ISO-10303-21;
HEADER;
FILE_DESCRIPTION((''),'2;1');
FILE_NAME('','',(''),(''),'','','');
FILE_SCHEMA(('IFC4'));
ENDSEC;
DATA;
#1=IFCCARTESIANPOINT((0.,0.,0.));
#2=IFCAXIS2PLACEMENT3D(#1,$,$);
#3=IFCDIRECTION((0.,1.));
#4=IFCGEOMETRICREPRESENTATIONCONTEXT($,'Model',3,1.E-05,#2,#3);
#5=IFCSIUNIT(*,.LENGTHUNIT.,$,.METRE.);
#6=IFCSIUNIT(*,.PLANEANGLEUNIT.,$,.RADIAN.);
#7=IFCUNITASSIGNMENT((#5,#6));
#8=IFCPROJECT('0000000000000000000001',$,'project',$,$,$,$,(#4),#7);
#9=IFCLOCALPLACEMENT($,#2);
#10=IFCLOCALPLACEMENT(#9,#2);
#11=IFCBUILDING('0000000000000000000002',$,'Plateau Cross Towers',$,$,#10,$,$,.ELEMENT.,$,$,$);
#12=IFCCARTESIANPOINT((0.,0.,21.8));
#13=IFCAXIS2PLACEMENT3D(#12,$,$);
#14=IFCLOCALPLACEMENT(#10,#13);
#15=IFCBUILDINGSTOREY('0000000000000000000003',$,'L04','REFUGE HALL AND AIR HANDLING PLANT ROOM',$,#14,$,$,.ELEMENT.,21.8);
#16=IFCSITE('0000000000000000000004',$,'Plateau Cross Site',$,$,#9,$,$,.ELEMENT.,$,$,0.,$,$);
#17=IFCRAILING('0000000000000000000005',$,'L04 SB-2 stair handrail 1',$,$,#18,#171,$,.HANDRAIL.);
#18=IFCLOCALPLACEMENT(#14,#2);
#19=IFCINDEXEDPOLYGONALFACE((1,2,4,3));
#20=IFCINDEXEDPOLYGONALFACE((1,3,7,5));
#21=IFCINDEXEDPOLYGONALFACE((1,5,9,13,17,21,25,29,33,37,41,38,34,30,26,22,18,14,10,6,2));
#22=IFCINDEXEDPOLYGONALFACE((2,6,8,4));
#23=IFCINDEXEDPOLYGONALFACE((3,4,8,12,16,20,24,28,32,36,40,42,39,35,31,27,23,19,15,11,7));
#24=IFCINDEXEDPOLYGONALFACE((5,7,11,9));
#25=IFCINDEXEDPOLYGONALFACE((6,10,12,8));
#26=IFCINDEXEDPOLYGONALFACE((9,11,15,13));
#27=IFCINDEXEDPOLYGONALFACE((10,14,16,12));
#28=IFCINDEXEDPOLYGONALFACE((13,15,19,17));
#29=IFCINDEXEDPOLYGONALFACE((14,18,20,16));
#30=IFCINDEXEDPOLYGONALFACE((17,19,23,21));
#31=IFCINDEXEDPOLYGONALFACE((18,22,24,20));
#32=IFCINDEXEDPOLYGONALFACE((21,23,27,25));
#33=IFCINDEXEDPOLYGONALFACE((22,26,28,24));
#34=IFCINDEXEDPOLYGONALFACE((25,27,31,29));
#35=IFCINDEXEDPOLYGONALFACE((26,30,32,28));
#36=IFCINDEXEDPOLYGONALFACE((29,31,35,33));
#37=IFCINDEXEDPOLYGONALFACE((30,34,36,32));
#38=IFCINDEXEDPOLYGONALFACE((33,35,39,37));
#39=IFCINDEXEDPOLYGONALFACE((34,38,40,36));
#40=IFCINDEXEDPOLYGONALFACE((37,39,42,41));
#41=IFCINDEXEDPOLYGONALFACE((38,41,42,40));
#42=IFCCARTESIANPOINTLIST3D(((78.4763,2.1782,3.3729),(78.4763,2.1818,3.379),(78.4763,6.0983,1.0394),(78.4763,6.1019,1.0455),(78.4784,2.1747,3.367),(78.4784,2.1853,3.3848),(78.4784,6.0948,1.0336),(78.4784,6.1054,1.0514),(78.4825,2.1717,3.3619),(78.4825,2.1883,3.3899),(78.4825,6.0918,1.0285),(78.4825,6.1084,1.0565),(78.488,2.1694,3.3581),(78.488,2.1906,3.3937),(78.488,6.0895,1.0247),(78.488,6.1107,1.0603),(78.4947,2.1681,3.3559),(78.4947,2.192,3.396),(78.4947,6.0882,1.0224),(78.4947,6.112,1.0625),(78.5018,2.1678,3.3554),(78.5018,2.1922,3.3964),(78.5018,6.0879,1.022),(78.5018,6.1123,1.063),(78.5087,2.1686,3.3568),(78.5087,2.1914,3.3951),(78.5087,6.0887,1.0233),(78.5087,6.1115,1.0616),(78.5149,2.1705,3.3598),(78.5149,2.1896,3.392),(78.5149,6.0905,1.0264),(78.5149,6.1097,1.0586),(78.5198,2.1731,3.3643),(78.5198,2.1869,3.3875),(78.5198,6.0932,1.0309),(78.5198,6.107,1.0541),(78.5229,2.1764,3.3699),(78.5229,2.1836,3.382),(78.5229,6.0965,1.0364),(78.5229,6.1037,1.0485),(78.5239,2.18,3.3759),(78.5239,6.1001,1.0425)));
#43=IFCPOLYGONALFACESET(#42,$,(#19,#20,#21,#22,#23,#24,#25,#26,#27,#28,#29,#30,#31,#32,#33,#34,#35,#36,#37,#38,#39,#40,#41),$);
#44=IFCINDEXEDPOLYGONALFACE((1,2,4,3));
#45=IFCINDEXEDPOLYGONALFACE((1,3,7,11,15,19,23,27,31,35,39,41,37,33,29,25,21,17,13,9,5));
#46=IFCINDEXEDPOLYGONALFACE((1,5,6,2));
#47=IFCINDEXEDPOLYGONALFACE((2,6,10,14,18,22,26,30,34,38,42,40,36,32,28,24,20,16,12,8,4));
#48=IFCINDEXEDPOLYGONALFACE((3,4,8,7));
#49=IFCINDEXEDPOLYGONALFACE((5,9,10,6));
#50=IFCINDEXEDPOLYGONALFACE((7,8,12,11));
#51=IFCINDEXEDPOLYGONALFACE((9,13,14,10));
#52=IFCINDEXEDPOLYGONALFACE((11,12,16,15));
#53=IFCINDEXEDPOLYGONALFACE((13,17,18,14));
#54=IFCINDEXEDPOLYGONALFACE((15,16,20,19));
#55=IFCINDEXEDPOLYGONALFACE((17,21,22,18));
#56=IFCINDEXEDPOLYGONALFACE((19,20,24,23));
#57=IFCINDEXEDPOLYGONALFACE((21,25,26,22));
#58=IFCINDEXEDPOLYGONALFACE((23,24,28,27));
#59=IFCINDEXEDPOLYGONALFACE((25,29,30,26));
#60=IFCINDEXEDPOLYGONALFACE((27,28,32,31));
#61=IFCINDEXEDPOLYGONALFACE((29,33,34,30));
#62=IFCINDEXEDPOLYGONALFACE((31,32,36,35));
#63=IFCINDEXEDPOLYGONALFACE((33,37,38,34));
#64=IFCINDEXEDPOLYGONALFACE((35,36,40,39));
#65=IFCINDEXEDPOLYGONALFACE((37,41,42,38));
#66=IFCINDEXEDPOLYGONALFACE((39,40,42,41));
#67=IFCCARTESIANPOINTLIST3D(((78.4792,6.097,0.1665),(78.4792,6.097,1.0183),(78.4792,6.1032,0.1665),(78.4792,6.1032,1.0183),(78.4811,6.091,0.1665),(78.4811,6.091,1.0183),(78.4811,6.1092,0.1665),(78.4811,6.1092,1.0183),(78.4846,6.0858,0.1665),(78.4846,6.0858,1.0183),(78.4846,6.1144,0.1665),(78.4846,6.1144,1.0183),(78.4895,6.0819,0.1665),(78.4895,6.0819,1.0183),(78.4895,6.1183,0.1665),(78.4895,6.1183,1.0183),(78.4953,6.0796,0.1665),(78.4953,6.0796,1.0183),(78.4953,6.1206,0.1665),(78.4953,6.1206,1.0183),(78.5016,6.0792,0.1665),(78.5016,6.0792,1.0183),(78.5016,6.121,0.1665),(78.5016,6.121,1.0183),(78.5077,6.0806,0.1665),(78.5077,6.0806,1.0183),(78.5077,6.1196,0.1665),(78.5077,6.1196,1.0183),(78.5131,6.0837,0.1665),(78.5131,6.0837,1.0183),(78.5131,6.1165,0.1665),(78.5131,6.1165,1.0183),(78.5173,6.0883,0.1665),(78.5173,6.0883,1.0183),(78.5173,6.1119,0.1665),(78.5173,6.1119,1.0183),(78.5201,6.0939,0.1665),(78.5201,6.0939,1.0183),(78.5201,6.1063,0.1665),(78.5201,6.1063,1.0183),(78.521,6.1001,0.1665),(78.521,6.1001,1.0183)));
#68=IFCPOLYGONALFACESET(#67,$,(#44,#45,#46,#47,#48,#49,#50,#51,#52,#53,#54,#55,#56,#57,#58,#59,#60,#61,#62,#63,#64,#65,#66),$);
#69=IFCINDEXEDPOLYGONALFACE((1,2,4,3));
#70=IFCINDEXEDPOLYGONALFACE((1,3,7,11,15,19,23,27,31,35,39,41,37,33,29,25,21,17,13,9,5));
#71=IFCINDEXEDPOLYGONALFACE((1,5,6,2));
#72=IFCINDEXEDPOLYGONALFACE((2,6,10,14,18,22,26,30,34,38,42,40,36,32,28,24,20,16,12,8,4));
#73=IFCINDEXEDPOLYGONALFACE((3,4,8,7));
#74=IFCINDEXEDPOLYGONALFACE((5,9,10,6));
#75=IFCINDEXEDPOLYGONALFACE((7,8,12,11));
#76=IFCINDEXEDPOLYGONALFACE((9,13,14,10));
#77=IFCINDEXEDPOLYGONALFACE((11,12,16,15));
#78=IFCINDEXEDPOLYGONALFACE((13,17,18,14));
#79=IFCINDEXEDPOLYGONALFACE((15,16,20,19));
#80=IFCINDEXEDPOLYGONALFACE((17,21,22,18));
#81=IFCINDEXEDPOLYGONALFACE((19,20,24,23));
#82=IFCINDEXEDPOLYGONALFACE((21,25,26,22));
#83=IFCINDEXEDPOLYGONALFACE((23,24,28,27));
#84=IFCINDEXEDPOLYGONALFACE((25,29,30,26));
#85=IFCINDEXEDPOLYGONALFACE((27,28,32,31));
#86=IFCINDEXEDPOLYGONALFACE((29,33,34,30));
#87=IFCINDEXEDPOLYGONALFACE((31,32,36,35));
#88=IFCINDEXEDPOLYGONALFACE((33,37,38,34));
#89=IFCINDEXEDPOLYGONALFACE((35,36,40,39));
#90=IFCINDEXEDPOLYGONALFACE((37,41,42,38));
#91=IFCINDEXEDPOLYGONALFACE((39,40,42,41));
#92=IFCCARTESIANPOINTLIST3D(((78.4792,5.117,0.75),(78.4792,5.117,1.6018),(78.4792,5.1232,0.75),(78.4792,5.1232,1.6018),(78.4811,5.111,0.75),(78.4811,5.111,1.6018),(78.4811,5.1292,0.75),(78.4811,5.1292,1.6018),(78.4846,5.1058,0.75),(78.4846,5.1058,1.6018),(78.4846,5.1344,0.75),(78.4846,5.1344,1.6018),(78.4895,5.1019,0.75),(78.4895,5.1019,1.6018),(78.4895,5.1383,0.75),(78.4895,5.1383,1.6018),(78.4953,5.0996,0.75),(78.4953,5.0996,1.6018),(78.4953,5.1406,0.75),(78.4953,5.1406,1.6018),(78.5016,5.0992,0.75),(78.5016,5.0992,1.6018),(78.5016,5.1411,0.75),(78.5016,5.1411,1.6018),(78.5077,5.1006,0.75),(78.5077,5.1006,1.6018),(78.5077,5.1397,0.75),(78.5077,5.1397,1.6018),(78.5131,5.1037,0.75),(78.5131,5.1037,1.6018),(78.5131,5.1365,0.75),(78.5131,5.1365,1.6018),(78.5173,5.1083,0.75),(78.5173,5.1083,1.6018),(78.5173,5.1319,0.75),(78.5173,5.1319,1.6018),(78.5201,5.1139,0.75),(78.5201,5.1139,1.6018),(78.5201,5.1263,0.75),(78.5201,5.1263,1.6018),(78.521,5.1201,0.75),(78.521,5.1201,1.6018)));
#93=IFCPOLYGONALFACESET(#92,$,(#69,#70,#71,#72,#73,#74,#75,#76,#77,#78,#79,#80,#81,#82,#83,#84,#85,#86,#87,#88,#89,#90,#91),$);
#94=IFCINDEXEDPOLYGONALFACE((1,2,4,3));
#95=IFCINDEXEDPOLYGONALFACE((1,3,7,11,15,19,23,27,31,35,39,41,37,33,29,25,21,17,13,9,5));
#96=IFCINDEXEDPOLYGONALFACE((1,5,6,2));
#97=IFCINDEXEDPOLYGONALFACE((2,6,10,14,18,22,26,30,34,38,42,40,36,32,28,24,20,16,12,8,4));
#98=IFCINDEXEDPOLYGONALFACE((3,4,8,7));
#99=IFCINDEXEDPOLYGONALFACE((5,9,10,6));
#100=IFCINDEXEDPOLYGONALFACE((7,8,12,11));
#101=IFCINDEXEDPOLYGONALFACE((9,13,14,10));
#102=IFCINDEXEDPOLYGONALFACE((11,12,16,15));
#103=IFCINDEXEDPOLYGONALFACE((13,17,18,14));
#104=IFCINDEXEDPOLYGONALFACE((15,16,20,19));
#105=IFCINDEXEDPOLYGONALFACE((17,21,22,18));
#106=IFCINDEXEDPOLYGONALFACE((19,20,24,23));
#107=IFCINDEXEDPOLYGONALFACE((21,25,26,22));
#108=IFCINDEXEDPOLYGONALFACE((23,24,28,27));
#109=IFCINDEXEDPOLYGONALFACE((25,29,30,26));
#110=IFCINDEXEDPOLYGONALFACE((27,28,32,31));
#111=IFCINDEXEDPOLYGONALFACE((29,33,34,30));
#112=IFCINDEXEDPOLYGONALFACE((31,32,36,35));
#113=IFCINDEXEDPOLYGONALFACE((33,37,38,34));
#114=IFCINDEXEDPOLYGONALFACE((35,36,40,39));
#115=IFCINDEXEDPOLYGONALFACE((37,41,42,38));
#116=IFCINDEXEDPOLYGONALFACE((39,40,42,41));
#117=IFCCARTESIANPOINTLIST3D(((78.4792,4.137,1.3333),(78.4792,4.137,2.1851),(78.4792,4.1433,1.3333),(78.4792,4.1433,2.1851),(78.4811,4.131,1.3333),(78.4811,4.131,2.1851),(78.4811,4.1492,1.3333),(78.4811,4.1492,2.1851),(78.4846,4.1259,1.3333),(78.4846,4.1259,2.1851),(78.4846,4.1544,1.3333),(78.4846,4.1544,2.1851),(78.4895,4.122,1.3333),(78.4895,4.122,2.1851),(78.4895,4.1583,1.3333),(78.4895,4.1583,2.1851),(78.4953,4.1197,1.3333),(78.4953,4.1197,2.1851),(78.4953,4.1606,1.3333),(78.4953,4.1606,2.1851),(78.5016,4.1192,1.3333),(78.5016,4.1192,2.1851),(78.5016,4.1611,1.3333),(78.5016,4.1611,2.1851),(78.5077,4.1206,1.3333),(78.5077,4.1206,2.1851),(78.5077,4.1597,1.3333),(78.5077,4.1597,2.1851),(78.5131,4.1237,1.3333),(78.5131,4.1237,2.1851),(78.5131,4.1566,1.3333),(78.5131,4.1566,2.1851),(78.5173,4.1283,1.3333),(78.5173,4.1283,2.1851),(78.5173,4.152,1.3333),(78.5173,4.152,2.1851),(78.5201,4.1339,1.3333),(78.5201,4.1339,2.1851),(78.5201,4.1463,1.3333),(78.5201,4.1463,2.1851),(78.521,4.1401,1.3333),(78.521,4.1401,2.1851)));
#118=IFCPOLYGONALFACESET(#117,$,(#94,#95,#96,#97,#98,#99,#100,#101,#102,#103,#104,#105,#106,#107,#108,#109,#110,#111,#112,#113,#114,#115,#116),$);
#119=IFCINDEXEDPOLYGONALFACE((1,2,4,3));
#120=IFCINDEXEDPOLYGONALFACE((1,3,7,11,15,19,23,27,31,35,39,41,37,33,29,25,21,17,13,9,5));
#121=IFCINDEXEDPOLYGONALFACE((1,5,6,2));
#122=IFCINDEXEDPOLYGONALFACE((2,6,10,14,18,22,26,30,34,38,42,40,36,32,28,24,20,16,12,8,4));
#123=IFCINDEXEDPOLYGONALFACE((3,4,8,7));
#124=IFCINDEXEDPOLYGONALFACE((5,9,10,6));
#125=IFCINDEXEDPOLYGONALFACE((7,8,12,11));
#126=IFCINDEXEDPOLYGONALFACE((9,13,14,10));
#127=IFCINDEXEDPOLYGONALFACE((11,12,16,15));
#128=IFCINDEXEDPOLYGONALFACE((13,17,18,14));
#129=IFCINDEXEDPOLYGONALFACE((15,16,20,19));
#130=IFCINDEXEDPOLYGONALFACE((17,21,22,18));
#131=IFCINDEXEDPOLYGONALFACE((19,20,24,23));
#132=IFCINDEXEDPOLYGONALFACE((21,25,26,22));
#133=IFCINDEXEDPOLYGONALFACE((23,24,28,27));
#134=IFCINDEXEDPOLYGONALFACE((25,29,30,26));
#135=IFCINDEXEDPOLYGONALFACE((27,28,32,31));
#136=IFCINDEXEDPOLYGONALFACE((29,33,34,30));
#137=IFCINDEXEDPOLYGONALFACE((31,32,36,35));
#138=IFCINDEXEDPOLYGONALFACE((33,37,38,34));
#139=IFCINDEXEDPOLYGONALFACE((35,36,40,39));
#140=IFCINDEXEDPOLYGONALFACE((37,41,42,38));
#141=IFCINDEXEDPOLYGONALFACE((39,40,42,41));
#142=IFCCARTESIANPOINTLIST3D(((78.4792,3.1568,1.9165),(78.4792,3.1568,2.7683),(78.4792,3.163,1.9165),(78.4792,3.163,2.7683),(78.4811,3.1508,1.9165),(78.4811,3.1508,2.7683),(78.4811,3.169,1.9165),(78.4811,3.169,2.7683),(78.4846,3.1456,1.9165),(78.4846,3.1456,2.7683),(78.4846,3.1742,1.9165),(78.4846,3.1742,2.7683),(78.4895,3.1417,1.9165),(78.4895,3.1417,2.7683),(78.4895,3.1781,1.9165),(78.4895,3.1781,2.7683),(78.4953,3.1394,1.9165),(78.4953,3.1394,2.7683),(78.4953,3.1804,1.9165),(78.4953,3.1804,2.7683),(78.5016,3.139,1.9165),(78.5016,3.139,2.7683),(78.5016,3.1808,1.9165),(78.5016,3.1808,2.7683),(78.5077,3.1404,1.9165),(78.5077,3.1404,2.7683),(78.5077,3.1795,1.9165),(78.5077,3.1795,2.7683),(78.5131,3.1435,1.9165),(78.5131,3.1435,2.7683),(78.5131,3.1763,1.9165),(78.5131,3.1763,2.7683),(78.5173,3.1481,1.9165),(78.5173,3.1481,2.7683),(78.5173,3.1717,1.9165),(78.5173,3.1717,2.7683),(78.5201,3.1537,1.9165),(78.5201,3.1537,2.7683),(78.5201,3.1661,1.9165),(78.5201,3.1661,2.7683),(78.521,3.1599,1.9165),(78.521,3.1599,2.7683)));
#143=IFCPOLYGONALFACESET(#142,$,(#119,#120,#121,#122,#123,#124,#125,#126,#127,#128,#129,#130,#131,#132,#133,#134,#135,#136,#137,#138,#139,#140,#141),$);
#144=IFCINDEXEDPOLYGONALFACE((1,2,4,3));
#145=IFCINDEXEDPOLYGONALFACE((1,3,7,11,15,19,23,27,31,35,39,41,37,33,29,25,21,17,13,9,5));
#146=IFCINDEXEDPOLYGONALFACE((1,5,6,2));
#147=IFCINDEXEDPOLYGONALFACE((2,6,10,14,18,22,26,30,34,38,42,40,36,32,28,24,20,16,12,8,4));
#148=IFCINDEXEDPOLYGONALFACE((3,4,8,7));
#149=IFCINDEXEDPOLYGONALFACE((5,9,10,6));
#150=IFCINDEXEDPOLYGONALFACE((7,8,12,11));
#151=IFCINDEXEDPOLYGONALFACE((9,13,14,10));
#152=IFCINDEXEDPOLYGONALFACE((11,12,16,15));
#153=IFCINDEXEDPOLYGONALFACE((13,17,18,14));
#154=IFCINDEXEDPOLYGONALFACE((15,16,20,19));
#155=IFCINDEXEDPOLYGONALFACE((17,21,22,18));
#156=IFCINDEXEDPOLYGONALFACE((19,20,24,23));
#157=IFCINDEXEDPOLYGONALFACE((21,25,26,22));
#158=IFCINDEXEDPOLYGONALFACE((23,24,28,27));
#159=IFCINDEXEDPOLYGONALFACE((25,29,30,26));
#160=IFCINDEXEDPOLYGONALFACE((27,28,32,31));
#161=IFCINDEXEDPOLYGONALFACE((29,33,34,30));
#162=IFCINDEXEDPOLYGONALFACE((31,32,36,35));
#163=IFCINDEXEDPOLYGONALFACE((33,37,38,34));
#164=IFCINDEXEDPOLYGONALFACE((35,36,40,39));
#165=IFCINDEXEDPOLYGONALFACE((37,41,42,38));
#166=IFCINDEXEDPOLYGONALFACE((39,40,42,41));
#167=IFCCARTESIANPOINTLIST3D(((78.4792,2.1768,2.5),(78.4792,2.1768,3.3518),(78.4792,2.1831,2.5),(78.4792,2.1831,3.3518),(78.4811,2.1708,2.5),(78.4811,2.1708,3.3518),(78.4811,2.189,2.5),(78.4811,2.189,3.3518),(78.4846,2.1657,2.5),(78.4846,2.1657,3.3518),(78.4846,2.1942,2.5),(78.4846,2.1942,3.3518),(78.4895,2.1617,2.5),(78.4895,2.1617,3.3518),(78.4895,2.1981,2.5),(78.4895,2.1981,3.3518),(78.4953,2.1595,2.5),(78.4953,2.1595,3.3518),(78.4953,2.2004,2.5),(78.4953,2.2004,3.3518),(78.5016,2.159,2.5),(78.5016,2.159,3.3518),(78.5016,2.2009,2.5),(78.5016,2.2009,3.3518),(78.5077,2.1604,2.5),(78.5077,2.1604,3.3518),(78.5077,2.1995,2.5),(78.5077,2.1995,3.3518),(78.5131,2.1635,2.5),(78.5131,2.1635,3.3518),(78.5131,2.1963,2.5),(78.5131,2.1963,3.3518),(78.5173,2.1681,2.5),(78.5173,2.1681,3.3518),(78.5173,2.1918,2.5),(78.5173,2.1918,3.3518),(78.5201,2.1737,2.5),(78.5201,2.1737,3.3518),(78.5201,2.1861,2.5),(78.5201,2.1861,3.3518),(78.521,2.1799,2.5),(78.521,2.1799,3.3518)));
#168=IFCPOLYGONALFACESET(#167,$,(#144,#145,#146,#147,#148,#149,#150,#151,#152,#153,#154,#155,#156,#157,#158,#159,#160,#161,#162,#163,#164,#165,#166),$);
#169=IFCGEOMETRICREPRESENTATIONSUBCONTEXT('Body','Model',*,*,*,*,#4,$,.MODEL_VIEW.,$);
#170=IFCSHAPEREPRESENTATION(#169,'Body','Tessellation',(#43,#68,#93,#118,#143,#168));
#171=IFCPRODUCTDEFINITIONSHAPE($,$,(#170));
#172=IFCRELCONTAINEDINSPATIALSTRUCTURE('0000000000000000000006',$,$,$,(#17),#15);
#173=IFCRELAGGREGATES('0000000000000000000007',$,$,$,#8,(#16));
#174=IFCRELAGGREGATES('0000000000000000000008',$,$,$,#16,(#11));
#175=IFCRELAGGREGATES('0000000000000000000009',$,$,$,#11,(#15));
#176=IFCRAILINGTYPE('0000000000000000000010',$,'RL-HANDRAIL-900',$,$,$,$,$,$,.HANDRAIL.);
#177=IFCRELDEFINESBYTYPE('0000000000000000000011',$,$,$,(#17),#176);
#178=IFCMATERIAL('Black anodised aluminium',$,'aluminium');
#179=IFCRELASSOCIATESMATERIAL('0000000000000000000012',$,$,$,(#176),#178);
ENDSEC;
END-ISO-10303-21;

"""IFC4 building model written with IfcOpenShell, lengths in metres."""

from ifc_helpers import new_model, si_unit, direction, frame, origin, origin_2d, place, context, subcontext, project, spatial, circle, extrude, material, type_object, element, save


model = new_model("IFC4")

# Units and contexts
model_context = context("Model", 3, precision=1e-05, world=origin(), true_north=direction((0.0, 1.0)))
body_context = subcontext(model_context, "Body", "Model", "MODEL_VIEW")
ifc_project = project(units=[si_unit("LENGTHUNIT", "METRE"), si_unit("PLANEANGLEUNIT", "RADIAN")], contexts=[model_context])

# Site, building, storey
site_placement = place(None, origin())
site = spatial("IfcSite", under=ifc_project, at=site_placement, Name="Plateau Cross Site", CompositionType="ELEMENT", RefElevation=0.0)
building_placement = place(site_placement, origin())
building = spatial("IfcBuilding", under=site, at=building_placement, Name="Plateau Cross Towers", CompositionType="ELEMENT")
storey_placement = place(building_placement, frame((0.0, 0.0, 21.8)))
storey = spatial("IfcBuildingStorey", under=building, at=storey_placement, Name="L04", Description="REFUGE HALL AND AIR HANDLING PLANT ROOM", CompositionType="ELEMENT", Elevation=21.8)

# Railing
ifc_material_1 = material(Name="Black anodised aluminium", Category="aluminium")
railing_type_1 = type_object("IfcRailingType", Name="RL-HANDRAIL-900", PredefinedType="HANDRAIL", material=ifc_material_1)
for number, where, name in (
    (1, (78.5, 6.1001, 0.1665), "L04 SB-2 stair handrail 1"),
):
    element("IfcRailing", number, at=place(storey_placement, frame(where)), inside=storey, type_object=railing_type_1, Name=name, PredefinedType="HANDRAIL", context=body_context, shape_type="SweptSolid", body=[
        extrude(circle(Radius=0.0239, at=origin_2d()), frame((0.0, 0.0, 0.876), z_axis=(0.0, -0.859287, 0.511494), x_axis=(1.0, 0.0, 0.0)), (0.0, 0.0, 1.0), 4.562),
        extrude(circle(Radius=0.021, at=origin_2d()), origin(), (0.0, 0.0, 1.0), 0.8518),
        extrude(circle(Radius=0.021, at=origin_2d()), frame((0.0, -0.98, 0.5835)), (0.0, 0.0, 1.0), 0.8518),
        extrude(circle(Radius=0.021, at=origin_2d()), frame((0.0, -1.96, 1.1667)), (0.0, 0.0, 1.0), 0.8518),
        extrude(circle(Radius=0.021, at=origin_2d()), frame((0.0, -2.9402, 1.75)), (0.0, 0.0, 1.0), 0.8518),
        extrude(circle(Radius=0.021, at=origin_2d()), frame((0.0, -3.9202, 2.3335)), (0.0, 0.0, 1.0), 0.8518),
    ])

save(model, "model.ifc")
